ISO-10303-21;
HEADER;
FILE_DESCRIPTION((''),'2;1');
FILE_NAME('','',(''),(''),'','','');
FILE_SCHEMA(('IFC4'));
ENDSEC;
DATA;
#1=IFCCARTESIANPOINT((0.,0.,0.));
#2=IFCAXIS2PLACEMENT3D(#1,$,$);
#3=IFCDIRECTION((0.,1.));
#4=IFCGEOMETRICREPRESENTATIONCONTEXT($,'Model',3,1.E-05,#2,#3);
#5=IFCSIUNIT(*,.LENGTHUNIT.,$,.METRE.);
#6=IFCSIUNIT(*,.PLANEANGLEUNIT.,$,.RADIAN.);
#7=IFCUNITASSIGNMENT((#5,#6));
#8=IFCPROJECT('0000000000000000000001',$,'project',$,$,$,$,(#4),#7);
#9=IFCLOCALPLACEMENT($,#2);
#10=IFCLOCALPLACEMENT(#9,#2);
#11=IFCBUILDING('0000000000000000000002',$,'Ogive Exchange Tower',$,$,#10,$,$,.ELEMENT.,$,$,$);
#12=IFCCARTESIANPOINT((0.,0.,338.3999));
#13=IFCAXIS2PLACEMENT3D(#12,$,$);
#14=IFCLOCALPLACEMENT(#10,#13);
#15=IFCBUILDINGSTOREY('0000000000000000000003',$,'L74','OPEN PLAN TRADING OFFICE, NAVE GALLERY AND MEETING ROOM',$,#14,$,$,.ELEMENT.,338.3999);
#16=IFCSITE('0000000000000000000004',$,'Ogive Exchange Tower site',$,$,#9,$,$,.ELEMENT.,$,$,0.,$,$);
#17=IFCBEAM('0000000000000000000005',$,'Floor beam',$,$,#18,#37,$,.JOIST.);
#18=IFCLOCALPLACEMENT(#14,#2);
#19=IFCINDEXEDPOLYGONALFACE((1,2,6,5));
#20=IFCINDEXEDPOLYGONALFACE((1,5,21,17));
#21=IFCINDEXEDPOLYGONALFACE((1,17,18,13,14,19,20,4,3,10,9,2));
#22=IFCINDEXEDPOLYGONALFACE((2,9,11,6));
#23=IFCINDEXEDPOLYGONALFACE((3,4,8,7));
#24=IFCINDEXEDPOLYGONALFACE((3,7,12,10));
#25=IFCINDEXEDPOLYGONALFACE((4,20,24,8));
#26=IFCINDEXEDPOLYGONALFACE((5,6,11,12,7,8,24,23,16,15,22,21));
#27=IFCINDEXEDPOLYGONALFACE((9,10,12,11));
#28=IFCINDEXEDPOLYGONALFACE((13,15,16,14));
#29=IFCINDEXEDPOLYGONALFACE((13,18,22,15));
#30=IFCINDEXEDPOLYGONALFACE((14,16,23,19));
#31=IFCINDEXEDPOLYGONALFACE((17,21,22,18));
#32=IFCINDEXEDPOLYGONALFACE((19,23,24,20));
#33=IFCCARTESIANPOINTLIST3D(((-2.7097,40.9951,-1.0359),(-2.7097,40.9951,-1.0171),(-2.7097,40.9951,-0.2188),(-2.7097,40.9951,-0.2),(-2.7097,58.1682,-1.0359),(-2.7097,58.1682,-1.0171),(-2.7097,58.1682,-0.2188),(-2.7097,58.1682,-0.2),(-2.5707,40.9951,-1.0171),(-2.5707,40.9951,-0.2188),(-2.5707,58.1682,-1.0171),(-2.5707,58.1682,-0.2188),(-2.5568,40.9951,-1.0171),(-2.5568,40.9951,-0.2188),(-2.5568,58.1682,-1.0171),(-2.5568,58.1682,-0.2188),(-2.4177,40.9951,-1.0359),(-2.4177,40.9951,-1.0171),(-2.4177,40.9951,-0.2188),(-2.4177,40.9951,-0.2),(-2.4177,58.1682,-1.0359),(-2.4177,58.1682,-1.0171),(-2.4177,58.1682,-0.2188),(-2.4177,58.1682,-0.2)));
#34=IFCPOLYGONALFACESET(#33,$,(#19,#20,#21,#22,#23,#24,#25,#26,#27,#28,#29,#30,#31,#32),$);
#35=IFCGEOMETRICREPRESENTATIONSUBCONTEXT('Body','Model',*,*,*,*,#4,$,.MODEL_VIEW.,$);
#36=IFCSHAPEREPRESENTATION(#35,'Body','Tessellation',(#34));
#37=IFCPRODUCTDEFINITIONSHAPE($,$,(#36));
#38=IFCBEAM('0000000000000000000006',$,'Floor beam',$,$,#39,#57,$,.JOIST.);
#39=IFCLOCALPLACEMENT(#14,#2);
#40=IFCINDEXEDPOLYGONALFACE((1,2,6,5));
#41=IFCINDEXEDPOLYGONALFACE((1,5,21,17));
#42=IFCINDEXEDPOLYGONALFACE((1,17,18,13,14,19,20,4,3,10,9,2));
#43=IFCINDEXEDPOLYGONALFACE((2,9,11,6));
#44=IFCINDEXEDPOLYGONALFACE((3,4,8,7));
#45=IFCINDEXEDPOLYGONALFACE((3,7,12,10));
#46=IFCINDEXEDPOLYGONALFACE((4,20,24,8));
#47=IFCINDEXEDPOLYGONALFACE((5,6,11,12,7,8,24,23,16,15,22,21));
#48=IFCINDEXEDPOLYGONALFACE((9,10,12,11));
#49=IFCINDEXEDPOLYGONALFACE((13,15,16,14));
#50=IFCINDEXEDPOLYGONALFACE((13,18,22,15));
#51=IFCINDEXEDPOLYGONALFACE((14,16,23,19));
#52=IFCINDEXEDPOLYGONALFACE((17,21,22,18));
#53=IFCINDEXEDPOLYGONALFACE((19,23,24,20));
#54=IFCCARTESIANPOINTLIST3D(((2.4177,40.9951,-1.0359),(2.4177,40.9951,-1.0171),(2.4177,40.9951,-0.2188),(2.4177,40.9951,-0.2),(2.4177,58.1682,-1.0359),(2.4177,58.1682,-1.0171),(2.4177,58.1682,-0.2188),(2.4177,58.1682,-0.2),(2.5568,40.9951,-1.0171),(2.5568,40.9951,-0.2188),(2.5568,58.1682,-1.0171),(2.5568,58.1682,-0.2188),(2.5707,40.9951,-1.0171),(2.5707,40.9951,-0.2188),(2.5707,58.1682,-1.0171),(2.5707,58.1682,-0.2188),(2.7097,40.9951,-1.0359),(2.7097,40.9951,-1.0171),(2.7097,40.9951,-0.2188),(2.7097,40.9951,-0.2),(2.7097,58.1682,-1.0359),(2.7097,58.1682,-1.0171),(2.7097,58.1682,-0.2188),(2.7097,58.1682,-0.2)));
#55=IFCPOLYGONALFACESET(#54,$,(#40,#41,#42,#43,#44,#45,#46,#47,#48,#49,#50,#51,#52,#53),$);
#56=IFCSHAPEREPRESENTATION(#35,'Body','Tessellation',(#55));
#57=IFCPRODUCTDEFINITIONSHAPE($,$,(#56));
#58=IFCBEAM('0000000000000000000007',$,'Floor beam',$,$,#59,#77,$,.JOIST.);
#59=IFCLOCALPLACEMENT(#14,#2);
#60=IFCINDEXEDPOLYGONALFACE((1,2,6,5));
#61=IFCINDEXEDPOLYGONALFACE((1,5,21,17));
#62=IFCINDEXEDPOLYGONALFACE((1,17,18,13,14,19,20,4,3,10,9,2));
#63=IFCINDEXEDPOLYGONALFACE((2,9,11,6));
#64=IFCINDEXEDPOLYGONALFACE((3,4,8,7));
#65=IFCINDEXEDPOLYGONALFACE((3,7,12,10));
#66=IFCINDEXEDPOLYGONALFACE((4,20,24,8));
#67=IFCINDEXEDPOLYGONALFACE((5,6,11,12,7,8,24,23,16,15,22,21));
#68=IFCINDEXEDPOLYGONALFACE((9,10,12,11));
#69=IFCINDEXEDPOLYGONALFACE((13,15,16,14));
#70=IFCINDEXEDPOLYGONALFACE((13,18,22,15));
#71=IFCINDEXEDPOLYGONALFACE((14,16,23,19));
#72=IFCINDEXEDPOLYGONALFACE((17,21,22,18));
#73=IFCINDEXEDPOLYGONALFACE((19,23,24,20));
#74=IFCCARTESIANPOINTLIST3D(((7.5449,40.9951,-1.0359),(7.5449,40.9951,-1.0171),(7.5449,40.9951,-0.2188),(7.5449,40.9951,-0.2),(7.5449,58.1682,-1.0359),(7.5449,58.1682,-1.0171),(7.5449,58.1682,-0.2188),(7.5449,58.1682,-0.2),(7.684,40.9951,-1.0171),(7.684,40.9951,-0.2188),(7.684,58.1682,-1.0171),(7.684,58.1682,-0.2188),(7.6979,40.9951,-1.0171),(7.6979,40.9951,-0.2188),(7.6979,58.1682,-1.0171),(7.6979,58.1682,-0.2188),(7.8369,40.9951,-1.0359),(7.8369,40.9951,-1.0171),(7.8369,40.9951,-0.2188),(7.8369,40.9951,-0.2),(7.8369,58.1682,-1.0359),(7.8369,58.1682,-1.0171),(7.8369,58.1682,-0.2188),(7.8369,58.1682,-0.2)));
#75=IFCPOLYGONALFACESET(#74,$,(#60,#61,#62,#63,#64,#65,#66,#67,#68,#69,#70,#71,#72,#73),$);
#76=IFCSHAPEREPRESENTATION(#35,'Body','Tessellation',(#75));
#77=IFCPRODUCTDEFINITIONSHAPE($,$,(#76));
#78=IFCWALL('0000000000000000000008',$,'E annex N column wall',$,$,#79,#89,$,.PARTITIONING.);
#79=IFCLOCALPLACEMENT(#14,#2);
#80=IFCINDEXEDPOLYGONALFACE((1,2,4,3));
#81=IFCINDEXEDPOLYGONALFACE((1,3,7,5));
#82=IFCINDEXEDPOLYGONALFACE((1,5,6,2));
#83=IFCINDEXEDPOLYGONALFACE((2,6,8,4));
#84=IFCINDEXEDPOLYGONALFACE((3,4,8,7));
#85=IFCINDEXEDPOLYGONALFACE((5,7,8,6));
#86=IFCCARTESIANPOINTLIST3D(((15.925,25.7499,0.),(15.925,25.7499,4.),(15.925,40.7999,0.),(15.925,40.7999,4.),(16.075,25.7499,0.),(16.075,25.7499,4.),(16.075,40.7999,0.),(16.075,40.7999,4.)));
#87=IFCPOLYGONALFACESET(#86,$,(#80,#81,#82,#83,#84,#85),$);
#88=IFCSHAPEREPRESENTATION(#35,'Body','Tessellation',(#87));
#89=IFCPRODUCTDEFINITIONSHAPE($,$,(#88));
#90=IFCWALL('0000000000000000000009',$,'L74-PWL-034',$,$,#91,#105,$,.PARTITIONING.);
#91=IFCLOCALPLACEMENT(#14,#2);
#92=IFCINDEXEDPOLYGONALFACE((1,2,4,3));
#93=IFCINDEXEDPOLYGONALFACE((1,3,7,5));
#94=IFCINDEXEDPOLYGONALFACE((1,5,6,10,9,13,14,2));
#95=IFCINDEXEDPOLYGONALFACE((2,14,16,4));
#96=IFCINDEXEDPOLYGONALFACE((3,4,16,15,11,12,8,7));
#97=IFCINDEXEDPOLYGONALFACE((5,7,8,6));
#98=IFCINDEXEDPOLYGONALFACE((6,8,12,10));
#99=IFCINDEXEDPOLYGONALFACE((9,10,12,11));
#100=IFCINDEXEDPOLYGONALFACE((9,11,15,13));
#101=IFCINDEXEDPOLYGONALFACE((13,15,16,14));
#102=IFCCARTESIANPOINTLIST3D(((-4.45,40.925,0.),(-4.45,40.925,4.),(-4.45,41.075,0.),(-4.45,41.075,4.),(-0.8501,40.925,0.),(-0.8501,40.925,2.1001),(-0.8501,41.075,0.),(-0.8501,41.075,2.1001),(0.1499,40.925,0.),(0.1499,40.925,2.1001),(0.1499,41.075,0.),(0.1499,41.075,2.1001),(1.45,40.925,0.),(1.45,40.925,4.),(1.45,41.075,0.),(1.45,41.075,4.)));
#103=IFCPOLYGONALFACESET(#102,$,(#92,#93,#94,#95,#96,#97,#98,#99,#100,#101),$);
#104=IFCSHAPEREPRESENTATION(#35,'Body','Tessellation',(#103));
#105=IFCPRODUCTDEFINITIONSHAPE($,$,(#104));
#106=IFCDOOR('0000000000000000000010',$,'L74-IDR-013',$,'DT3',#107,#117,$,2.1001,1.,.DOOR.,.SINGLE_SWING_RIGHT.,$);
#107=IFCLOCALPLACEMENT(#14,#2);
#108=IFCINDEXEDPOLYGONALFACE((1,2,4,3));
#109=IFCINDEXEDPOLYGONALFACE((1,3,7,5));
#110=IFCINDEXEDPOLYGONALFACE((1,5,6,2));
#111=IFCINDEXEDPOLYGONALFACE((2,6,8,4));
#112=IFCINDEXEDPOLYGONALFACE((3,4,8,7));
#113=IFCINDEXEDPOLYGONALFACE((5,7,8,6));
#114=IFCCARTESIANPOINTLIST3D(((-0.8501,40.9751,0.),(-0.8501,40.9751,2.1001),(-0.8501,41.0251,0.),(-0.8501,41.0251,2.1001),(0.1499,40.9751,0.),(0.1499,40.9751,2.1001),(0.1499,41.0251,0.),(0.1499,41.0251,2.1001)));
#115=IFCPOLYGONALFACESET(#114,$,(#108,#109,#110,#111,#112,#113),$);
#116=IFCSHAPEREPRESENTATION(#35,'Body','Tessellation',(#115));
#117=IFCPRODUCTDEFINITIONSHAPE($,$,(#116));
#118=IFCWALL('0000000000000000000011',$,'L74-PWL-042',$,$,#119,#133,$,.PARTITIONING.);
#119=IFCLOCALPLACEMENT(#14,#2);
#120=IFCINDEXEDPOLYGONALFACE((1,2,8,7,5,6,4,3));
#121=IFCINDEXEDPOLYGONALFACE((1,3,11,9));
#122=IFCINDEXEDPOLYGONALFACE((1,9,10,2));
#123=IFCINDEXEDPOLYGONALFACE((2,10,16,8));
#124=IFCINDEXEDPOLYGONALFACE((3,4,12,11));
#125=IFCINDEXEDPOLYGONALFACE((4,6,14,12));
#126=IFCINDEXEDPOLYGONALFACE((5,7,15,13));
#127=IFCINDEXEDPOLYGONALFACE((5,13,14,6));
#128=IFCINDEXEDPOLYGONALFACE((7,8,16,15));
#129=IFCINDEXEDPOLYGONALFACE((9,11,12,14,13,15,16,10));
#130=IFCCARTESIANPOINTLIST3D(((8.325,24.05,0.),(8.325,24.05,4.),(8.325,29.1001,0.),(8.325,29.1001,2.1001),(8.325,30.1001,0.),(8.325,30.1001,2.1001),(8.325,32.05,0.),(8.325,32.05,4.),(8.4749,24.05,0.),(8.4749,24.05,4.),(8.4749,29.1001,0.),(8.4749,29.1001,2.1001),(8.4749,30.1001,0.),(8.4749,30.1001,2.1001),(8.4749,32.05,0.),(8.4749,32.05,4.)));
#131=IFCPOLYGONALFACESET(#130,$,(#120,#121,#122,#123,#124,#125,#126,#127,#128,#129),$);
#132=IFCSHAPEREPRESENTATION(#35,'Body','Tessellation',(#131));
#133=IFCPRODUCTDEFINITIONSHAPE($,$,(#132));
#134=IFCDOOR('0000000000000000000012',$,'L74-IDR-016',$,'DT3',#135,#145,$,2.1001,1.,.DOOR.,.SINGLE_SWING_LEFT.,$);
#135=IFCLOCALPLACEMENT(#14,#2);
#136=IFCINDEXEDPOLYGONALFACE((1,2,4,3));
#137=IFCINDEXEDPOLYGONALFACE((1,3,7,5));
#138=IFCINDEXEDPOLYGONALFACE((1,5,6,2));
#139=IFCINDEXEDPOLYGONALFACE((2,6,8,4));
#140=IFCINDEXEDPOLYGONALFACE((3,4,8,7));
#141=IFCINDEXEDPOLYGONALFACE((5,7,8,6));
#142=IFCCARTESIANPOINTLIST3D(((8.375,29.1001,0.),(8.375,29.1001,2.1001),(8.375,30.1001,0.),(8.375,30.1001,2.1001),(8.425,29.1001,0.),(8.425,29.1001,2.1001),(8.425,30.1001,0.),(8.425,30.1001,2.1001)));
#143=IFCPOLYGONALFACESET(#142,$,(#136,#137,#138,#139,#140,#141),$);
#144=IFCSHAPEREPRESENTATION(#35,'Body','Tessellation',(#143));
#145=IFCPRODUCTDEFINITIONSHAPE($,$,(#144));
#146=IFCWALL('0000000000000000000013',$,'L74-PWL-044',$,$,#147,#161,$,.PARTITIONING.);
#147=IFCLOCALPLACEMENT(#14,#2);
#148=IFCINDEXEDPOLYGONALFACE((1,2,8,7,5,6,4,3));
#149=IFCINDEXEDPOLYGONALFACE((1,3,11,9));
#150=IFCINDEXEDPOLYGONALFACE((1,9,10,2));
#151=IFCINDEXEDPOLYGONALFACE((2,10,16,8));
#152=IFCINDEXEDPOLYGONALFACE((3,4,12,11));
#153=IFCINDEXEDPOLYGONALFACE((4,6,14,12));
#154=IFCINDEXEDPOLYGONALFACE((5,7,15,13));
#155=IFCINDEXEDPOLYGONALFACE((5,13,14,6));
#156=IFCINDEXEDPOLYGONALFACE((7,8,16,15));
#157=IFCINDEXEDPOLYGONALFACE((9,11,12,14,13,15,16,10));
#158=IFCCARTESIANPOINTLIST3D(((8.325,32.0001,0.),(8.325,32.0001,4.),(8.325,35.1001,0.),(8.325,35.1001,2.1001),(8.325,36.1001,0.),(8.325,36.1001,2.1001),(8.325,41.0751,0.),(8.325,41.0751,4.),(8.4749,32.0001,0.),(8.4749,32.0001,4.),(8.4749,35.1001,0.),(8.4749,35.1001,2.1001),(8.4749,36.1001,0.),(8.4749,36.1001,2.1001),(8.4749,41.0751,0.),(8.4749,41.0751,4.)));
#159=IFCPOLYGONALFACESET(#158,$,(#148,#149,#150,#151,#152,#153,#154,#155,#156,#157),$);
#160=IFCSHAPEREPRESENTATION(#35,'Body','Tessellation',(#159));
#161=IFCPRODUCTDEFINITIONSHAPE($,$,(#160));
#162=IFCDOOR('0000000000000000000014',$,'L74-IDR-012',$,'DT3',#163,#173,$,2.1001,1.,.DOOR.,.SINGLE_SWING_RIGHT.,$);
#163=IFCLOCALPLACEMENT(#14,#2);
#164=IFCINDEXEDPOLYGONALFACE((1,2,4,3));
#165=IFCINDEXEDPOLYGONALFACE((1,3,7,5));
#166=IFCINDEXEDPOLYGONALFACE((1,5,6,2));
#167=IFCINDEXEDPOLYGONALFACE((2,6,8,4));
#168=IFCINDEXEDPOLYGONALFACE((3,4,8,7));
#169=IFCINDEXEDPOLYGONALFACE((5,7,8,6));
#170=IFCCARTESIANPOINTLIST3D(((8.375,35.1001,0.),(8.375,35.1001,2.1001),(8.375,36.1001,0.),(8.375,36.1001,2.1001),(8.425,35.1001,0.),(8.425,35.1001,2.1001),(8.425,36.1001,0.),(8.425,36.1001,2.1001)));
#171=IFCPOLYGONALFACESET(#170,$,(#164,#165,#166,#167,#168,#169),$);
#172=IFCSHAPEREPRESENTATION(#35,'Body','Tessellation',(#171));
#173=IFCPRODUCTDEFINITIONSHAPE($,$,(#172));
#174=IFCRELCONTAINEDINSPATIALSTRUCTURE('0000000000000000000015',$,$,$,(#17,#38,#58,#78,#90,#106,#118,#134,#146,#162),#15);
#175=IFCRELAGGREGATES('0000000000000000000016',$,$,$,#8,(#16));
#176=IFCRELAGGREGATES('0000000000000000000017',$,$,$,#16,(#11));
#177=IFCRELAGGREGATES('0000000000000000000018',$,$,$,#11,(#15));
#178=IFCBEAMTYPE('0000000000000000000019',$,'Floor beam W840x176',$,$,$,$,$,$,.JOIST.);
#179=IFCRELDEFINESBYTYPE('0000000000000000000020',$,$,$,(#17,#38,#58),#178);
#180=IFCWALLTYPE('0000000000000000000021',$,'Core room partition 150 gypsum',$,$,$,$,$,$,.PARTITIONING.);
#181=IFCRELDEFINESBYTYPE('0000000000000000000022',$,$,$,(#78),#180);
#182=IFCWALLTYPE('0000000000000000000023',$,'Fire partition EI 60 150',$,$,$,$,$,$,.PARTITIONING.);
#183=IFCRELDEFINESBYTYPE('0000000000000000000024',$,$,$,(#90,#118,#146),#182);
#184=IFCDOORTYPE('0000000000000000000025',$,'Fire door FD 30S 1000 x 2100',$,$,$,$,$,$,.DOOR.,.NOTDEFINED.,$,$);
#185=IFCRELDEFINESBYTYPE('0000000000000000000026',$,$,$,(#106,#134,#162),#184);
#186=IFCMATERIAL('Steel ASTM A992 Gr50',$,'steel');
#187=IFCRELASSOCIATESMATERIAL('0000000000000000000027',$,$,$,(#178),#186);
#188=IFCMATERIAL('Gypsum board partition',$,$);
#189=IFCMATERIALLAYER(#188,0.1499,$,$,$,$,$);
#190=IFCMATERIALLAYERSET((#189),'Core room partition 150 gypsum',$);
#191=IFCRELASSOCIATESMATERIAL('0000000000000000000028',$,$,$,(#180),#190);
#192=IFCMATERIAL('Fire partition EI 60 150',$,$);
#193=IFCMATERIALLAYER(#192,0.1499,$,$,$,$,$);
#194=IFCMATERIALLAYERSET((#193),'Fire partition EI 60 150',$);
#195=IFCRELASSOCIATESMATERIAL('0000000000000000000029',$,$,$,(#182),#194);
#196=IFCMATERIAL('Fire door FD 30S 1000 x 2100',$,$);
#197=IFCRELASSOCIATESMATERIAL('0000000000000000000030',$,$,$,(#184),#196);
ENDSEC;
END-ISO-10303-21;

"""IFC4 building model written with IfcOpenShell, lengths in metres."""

from ifc_helpers import new_model, si_unit, direction, frame, frame_2d, origin, origin_2d, place, context, subcontext, project, spatial, rectangle, i_section, extrude, material, layer, layer_set, material_profile, profile_set, type_object, element, fill, save


model = new_model("IFC4")

# Units and contexts
model_context = context("Model", 3, precision=1e-05, world=origin(), true_north=direction((0.0, 1.0)))
body_context = subcontext(model_context, "Body", "Model", "MODEL_VIEW")
ifc_project = project(units=[si_unit("LENGTHUNIT", "METRE"), si_unit("PLANEANGLEUNIT", "RADIAN")], contexts=[model_context])

# Site, building, storey
site_placement = place(None, origin())
site = spatial("IfcSite", under=ifc_project, at=site_placement, Name="Ogive Exchange Tower site", CompositionType="ELEMENT", RefElevation=0.0)
building_placement = place(site_placement, origin())
building = spatial("IfcBuilding", under=site, at=building_placement, Name="Ogive Exchange Tower", CompositionType="ELEMENT")
storey_placement = place(building_placement, frame((0.0, 0.0, 338.3999)))
storey = spatial("IfcBuildingStorey", under=building, at=storey_placement, Name="L74", Description="OPEN PLAN TRADING OFFICE, NAVE GALLERY AND MEETING ROOM", CompositionType="ELEMENT", Elevation=338.3999)

# Beams
ifc_material_1 = material(Name="Steel ASTM A992 Gr50", Category="steel")
ifc_material_profile = material_profile(ifc_material_1, i_section(OverallWidth=0.292, OverallDepth=0.8359, WebThickness=0.0139, FlangeThickness=0.0188, at=origin_2d()), Name="W840x176")
ifc_profile_set = profile_set([ifc_material_profile], Name="Steel ASTM A992 Gr50")
beam_type = type_object("IfcBeamType", Name="Floor beam W840x176", PredefinedType="JOIST", material=ifc_profile_set)
for number, where, z_axis, x_axis, name in (
    (1, (-2.5637, 40.9951, -0.6179), (0.0, 1.0, 0.0), (-1.0, 0.0, 0.0), "Floor beam"),
    (2, (2.5637, 40.9951, -0.6179), (0.0, 1.0, 0.0), (-1.0, 0.0, 0.0), "Floor beam"),
    (3, (7.6909, 40.9951, -0.6179), (0.0, 1.0, 0.0), (-1.0, 0.0, 0.0), "Floor beam"),
):
    element("IfcBeam", number, at=place(storey_placement, frame(where, z_axis=z_axis, x_axis=x_axis)), inside=storey, type_object=beam_type, Name=name, PredefinedType="JOIST", context=body_context, shape_type="SweptSolid", body=[
        extrude(i_section(OverallWidth=0.292, OverallDepth=0.8359, WebThickness=0.0139, FlangeThickness=0.0188, at=origin_2d()), origin(), (0.0, 0.0, 1.0), 17.1731),
    ])

# Wall
ifc_material_2 = material(Name="Gypsum board partition")
ifc_layer_1 = layer(ifc_material_2, 0.1499)
ifc_layer_set_1 = layer_set([ifc_layer_1], Name="Core room partition 150 gypsum")
wall_type_1 = type_object("IfcWallType", Name="Core room partition 150 gypsum", PredefinedType="PARTITIONING", material=ifc_layer_set_1)
wall_1_placement = place(storey_placement, frame((16.0, 25.75, 0.0), z_axis=(0.0, 0.0, 1.0), x_axis=(0.0, 1.0, 0.0)))
element("IfcWall", 4, at=wall_1_placement, inside=storey, type_object=wall_type_1, Name="E annex N column wall", PredefinedType="PARTITIONING", context=body_context, shape_type="SweptSolid", body=[
    extrude(rectangle(XDim=15.05, YDim=0.1499, at=frame_2d((7.5249, 0.0))), origin(), (0.0, 0.0, 1.0), 4.0),
])

# Walls, openings, doors
ifc_material_3 = material(Name="Fire partition EI 60 150")
ifc_layer_2 = layer(ifc_material_3, 0.1499)
ifc_layer_set_2 = layer_set([ifc_layer_2], Name="Fire partition EI 60 150")
wall_type_2 = type_object("IfcWallType", Name="Fire partition EI 60 150", PredefinedType="PARTITIONING", material=ifc_layer_set_2)
wall_2_placement = place(storey_placement, frame((1.45, 41.0, 0.0), z_axis=(0.0, 0.0, 1.0), x_axis=(-1.0, 0.0, 0.0)))
wall_2 = element("IfcWall", 5, at=wall_2_placement, inside=storey, type_object=wall_type_2, Name="L74-PWL-034", PredefinedType="PARTITIONING", context=body_context, shape_type="SweptSolid", body=[
    extrude(rectangle(XDim=5.8999, YDim=0.1499, at=frame_2d((2.95, 0.0))), origin(), (0.0, 0.0, 1.0), 4.0),
])
opening_1_placement = place(wall_2_placement, frame((1.3, 0.0, 0.0)))
opening_1 = element("IfcOpeningElement", 6, at=opening_1_placement, cuts=wall_2, PredefinedType="OPENING", context=body_context, shape_type="SweptSolid", body=[
    extrude(rectangle(XDim=1.0, YDim=2.1001, at=frame_2d((0.5, 1.05))), frame((0.0, 0.085, 0.0), z_axis=(0.0, -1.0, 0.0), x_axis=(1.0, 0.0, 0.0)), (0.0, 0.0, 1.0), 0.1699),
])
ifc_material_4 = material(Name="Fire door FD 30S 1000 x 2100")
door_type_1 = type_object("IfcDoorType", Name="Fire door FD 30S 1000 x 2100", OperationType="NOTDEFINED", PredefinedType="DOOR", material=ifc_material_4)
door_1_placement = place(opening_1_placement, origin())
door_1 = element("IfcDoor", 7, at=door_1_placement, inside=storey, type_object=door_type_1, Name="L74-IDR-013", ObjectType="DT3", OperationType="SINGLE_SWING_RIGHT", OverallHeight=2.1001, OverallWidth=1.0, PredefinedType="DOOR", context=body_context, shape_type="SweptSolid", body=[
    extrude(rectangle(XDim=1.0, YDim=2.1001, at=frame_2d((0.5, 1.05))), frame((0.0, 0.0249, 0.0), z_axis=(0.0, -1.0, 0.0), x_axis=(1.0, 0.0, 0.0)), (0.0, 0.0, 1.0), 0.05),
])
fill(opening_1, door_1)
wall_3_placement = place(storey_placement, frame((8.3999, 24.05, 0.0), z_axis=(0.0, 0.0, 1.0), x_axis=(0.0, 1.0, 0.0)))
wall_3 = element("IfcWall", 8, at=wall_3_placement, inside=storey, type_object=wall_type_2, Name="L74-PWL-042", PredefinedType="PARTITIONING", context=body_context, shape_type="SweptSolid", body=[
    extrude(rectangle(XDim=8.0, YDim=0.1499, at=frame_2d((4.0, 0.0))), origin(), (0.0, 0.0, 1.0), 4.0),
])
opening_2_placement = place(wall_3_placement, frame((5.05, 0.0, 0.0)))
opening_2 = element("IfcOpeningElement", 9, at=opening_2_placement, cuts=wall_3, PredefinedType="OPENING", context=body_context, shape_type="SweptSolid", body=[
    extrude(rectangle(XDim=1.0, YDim=2.1001, at=frame_2d((0.5, 1.05))), frame((0.0, 0.085, 0.0), z_axis=(0.0, -1.0, 0.0), x_axis=(1.0, 0.0, 0.0)), (0.0, 0.0, 1.0), 0.1699),
])
door_2_placement = place(opening_2_placement, origin())
door_2 = element("IfcDoor", 10, at=door_2_placement, inside=storey, type_object=door_type_1, Name="L74-IDR-016", ObjectType="DT3", OperationType="SINGLE_SWING_LEFT", OverallHeight=2.1001, OverallWidth=1.0, PredefinedType="DOOR", context=body_context, shape_type="SweptSolid", body=[
    extrude(rectangle(XDim=1.0, YDim=2.1001, at=frame_2d((0.5, 1.05))), frame((0.0, 0.0249, 0.0), z_axis=(0.0, -1.0, 0.0), x_axis=(1.0, 0.0, 0.0)), (0.0, 0.0, 1.0), 0.05),
])
fill(opening_2, door_2)
wall_4_placement = place(storey_placement, frame((8.3999, 32.0, 0.0), z_axis=(0.0, 0.0, 1.0), x_axis=(0.0, 1.0, 0.0)))
wall_4 = element("IfcWall", 11, at=wall_4_placement, inside=storey, type_object=wall_type_2, Name="L74-PWL-044", PredefinedType="PARTITIONING", context=body_context, shape_type="SweptSolid", body=[
    extrude(rectangle(XDim=9.075, YDim=0.1499, at=frame_2d((4.5376, 0.0))), origin(), (0.0, 0.0, 1.0), 4.0),
])
opening_3_placement = place(wall_4_placement, frame((3.1001, 0.0, 0.0)))
opening_3 = element("IfcOpeningElement", 12, at=opening_3_placement, cuts=wall_4, PredefinedType="OPENING", context=body_context, shape_type="SweptSolid", body=[
    extrude(rectangle(XDim=1.0, YDim=2.1001, at=frame_2d((0.5, 1.05))), frame((0.0, 0.085, 0.0), z_axis=(0.0, -1.0, 0.0), x_axis=(1.0, 0.0, 0.0)), (0.0, 0.0, 1.0), 0.1699),
])
door_3_placement = place(opening_3_placement, origin())
door_3 = element("IfcDoor", 13, at=door_3_placement, inside=storey, type_object=door_type_1, Name="L74-IDR-012", ObjectType="DT3", OperationType="SINGLE_SWING_RIGHT", OverallHeight=2.1001, OverallWidth=1.0, PredefinedType="DOOR", context=body_context, shape_type="SweptSolid", body=[
    extrude(rectangle(XDim=1.0, YDim=2.1001, at=frame_2d((0.5, 1.05))), frame((0.0, 0.0249, 0.0), z_axis=(0.0, -1.0, 0.0), x_axis=(1.0, 0.0, 0.0)), (0.0, 0.0, 1.0), 0.05),
])
fill(opening_3, door_3)

save(model, "model.ifc")
